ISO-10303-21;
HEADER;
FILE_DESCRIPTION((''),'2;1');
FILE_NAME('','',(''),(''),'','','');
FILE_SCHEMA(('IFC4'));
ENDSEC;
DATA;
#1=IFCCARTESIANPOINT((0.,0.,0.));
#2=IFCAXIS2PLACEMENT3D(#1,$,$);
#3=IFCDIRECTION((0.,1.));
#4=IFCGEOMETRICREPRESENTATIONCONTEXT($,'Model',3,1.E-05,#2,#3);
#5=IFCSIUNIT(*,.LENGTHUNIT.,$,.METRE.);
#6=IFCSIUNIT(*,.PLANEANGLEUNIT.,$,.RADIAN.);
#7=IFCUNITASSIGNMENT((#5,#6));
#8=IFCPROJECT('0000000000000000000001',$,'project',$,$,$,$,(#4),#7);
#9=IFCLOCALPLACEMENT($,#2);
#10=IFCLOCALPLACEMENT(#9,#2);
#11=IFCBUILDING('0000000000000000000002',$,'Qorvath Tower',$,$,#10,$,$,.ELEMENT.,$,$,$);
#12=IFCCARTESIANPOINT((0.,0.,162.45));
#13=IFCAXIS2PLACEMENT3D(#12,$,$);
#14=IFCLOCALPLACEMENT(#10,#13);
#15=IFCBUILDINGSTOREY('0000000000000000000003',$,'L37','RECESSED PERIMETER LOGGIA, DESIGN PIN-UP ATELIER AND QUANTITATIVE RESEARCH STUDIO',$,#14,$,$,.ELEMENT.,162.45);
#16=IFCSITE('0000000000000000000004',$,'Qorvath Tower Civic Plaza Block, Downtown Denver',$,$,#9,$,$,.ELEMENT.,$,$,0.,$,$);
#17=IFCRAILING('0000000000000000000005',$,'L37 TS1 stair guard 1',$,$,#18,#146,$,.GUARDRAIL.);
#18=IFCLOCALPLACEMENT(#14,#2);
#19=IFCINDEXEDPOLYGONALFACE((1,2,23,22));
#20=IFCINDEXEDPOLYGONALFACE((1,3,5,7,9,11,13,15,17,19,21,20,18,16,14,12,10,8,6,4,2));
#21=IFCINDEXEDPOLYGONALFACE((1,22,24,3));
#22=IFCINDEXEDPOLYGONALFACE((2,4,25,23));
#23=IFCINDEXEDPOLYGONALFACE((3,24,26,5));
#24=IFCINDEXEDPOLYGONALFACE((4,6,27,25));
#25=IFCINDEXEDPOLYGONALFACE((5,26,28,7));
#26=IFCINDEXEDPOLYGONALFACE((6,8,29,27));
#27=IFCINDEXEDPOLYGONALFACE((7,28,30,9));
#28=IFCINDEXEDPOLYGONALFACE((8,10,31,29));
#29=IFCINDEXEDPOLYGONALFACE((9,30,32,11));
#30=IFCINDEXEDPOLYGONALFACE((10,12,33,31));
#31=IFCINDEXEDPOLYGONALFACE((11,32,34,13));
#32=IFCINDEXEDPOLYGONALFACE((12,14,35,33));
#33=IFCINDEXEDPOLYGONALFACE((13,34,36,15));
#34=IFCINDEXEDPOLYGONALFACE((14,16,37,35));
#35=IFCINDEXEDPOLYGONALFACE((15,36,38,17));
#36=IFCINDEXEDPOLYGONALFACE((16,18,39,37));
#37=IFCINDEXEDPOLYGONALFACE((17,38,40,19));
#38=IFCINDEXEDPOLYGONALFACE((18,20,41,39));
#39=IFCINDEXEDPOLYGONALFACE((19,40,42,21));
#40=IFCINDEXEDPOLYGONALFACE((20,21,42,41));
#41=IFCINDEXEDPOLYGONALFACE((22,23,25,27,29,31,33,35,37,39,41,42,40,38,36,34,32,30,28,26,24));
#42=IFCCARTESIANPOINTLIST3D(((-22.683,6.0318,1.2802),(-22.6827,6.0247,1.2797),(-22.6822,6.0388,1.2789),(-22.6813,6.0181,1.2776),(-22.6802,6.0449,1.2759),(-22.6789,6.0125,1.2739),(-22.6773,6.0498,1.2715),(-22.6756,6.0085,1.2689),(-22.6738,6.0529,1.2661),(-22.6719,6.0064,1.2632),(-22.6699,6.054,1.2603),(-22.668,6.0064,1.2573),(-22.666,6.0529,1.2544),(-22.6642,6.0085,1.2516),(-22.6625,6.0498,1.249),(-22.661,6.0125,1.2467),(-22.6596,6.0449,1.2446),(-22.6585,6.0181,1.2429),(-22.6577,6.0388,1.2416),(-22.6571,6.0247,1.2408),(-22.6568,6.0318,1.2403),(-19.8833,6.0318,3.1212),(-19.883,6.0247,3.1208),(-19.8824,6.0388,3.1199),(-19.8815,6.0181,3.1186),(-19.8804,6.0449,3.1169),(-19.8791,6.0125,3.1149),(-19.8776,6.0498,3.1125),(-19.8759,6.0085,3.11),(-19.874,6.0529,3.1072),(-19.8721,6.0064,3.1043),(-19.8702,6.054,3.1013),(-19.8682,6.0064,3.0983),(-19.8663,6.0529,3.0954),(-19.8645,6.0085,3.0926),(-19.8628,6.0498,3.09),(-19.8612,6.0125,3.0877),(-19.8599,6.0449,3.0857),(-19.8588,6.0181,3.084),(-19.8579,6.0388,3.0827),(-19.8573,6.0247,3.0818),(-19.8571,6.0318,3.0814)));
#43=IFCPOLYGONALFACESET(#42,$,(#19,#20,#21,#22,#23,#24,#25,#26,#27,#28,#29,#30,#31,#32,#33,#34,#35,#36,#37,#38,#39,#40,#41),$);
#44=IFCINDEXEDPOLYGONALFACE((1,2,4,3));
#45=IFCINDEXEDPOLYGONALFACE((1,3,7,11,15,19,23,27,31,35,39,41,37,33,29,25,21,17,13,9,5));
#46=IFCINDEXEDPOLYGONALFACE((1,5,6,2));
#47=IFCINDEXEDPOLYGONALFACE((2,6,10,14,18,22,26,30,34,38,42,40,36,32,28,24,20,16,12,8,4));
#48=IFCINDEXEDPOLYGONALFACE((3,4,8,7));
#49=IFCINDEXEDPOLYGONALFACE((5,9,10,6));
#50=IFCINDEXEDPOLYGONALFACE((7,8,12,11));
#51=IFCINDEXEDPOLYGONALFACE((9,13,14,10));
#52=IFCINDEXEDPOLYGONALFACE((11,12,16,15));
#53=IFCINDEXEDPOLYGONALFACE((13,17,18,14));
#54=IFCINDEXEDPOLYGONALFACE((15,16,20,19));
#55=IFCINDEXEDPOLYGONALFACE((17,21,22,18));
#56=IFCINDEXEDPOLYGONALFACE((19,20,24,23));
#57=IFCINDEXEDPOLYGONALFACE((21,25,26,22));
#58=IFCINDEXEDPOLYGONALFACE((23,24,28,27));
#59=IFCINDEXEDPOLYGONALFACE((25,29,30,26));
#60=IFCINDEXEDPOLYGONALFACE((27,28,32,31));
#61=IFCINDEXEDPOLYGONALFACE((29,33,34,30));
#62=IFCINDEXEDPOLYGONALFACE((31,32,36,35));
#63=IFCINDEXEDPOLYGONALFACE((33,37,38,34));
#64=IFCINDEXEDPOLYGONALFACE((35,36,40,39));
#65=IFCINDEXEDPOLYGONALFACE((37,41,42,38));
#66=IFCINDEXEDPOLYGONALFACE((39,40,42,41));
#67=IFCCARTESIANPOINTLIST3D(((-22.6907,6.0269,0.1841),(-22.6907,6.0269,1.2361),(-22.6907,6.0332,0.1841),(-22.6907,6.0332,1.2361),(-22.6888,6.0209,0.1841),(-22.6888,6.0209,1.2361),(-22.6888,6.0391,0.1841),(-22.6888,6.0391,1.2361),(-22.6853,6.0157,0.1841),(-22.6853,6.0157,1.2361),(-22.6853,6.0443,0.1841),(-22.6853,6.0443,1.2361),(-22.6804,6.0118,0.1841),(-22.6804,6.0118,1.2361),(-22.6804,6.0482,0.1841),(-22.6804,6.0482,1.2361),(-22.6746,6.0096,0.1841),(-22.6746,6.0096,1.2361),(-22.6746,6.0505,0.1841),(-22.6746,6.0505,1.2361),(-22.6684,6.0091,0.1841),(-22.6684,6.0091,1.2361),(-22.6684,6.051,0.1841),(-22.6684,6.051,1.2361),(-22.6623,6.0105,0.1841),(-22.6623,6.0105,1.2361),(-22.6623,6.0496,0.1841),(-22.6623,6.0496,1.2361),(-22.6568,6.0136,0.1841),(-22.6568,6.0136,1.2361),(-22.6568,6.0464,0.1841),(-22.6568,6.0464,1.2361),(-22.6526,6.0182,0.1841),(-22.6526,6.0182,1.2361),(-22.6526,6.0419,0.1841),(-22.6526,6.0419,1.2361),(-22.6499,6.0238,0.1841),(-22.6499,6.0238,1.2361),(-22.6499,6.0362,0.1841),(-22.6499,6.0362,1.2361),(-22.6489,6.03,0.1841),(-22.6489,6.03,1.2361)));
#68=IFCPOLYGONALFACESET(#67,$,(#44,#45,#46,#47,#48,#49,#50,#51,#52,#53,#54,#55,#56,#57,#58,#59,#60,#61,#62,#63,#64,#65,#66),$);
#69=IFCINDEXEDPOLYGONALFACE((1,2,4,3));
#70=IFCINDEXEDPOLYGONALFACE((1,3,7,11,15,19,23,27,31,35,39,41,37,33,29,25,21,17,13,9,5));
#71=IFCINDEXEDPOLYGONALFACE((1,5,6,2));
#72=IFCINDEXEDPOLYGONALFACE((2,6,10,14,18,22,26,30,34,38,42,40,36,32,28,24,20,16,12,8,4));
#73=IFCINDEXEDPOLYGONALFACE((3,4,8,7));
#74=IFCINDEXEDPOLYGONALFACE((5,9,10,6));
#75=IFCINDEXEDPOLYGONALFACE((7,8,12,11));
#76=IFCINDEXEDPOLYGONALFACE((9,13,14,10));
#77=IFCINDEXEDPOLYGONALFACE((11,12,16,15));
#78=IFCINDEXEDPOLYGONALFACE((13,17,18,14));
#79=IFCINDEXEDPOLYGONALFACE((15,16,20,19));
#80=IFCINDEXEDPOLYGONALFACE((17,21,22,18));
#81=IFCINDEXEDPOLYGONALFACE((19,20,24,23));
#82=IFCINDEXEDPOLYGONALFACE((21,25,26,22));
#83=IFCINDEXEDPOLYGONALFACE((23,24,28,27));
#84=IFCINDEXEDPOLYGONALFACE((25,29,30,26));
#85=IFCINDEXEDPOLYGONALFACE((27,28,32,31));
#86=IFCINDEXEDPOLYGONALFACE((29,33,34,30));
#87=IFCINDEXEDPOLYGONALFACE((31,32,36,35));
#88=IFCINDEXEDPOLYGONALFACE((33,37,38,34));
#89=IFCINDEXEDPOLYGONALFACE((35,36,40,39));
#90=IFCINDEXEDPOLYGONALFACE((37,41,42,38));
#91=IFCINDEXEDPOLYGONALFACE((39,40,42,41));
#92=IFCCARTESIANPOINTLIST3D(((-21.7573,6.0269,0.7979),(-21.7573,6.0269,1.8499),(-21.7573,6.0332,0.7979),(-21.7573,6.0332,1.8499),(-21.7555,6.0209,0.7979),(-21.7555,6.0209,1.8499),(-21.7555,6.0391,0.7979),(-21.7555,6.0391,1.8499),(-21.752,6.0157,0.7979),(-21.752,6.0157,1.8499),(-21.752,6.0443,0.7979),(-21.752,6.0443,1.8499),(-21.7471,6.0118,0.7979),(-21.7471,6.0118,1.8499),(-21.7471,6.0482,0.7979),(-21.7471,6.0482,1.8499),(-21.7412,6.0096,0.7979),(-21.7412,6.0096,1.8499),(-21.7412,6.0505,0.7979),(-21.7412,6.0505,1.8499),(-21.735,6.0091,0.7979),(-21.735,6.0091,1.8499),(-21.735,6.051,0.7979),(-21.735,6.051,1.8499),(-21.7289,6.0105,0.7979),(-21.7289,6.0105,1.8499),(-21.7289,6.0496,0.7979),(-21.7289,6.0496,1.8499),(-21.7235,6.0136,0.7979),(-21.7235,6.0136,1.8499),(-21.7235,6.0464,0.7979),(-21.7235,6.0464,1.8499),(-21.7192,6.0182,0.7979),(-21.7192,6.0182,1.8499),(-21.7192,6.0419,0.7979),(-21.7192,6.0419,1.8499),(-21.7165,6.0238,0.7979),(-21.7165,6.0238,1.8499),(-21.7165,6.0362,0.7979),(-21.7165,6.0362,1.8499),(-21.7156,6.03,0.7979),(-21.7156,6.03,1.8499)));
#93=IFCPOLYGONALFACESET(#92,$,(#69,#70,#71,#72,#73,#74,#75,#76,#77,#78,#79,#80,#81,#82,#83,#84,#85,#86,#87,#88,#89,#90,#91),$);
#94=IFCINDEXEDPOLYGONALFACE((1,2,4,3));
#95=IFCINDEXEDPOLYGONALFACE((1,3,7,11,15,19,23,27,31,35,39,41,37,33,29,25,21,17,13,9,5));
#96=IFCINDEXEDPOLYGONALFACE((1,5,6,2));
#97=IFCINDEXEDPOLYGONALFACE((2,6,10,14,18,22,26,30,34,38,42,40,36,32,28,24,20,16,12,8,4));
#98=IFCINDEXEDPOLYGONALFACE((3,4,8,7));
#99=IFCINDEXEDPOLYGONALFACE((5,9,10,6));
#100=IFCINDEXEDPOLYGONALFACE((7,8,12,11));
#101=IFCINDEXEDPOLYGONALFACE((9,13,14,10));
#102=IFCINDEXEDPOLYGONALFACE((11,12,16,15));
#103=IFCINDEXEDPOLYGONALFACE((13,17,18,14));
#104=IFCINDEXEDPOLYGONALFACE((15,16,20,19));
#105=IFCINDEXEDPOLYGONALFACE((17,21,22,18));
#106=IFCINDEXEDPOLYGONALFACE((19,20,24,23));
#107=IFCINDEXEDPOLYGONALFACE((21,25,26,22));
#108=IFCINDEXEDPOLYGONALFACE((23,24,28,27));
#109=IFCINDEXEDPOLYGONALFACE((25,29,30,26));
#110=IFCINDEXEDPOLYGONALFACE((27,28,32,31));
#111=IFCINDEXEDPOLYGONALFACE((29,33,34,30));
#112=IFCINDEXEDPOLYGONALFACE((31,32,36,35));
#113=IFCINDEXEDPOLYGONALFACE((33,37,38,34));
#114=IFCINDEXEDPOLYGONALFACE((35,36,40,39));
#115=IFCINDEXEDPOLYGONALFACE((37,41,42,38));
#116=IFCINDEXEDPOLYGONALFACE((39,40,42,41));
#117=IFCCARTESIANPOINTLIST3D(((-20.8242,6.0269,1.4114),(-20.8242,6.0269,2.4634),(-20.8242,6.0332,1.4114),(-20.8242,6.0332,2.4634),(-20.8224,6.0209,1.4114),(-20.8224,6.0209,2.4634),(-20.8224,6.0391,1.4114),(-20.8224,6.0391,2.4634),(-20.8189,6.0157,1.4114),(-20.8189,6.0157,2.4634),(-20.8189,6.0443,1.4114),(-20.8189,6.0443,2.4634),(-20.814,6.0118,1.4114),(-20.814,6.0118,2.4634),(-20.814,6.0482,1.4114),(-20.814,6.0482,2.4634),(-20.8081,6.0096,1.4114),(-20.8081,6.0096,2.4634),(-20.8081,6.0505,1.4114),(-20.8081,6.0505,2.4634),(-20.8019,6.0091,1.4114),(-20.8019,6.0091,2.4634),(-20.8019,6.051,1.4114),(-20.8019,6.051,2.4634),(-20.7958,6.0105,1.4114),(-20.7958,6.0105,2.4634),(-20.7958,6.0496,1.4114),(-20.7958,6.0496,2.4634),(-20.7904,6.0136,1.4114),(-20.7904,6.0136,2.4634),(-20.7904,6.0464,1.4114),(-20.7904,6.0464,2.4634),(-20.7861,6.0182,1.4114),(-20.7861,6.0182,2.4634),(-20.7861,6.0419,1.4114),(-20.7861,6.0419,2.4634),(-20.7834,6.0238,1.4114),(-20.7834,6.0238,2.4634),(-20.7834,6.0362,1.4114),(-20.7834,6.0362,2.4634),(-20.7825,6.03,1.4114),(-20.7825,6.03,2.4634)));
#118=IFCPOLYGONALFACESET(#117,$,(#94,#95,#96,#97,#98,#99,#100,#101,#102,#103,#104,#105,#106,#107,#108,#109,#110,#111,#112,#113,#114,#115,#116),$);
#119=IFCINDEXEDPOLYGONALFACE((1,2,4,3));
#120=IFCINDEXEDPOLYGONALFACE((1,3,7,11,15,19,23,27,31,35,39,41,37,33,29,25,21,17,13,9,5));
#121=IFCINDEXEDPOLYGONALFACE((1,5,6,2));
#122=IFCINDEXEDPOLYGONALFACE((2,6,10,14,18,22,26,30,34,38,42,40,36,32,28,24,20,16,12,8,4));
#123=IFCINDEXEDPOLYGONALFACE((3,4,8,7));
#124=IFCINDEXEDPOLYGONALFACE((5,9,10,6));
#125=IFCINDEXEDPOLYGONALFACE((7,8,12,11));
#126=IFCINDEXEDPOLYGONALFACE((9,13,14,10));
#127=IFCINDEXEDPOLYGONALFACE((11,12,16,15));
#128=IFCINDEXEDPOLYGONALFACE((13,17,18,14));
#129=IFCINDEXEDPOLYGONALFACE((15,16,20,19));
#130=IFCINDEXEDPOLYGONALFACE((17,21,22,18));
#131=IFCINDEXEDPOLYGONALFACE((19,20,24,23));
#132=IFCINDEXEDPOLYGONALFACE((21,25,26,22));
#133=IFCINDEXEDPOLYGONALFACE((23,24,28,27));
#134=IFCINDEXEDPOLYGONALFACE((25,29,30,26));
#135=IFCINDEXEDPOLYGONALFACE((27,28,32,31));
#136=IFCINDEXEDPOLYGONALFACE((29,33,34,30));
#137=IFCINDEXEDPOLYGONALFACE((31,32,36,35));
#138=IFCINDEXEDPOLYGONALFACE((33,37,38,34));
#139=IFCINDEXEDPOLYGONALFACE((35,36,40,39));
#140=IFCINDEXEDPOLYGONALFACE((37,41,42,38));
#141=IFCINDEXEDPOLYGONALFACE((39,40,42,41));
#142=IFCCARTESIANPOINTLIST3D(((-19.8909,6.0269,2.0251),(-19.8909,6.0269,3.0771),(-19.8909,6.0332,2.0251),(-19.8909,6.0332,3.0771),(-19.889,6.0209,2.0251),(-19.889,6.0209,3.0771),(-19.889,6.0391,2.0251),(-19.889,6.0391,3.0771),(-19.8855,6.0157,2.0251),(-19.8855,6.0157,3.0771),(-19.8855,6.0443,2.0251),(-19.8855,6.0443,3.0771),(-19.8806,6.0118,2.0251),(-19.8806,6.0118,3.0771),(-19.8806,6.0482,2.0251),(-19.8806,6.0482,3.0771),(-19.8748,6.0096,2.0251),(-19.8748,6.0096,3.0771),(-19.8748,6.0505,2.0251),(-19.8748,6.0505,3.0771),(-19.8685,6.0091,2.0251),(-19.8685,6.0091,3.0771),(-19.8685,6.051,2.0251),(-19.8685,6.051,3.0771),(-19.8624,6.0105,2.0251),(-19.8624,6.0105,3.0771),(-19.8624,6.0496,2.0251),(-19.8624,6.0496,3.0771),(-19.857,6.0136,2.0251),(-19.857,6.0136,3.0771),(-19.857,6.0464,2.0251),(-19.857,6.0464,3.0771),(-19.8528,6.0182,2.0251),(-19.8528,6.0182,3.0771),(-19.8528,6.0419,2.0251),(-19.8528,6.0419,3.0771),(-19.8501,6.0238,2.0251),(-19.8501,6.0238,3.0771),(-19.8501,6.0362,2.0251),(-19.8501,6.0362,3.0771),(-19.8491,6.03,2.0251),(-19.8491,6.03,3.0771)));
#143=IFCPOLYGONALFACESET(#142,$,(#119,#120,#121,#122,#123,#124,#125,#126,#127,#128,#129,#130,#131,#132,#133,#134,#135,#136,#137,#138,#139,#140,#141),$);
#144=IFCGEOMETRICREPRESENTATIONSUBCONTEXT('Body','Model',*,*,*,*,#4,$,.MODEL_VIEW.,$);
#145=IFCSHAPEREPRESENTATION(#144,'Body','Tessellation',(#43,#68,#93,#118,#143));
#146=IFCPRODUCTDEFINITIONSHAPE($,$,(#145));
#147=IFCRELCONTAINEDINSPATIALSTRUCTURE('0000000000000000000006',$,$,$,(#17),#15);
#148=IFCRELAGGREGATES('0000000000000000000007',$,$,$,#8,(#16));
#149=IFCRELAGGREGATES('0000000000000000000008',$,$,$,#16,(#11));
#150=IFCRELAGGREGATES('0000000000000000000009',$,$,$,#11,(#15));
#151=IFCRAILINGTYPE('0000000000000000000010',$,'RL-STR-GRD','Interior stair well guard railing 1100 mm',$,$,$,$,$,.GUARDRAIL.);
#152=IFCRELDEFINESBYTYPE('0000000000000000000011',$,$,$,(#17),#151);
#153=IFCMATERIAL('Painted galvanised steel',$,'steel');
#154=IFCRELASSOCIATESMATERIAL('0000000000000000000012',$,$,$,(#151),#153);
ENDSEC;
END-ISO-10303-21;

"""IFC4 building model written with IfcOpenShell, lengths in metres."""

from ifc_helpers import new_model, si_unit, direction, frame, origin, origin_2d, place, context, subcontext, project, spatial, circle, extrude, material, type_object, element, save


model = new_model("IFC4")

# Units and contexts
model_context = context("Model", 3, precision=1e-05, world=origin(), true_north=direction((0.0, 1.0)))
body_context = subcontext(model_context, "Body", "Model", "MODEL_VIEW")
ifc_project = project(units=[si_unit("LENGTHUNIT", "METRE"), si_unit("PLANEANGLEUNIT", "RADIAN")], contexts=[model_context])

# Site, building, storey
site_placement = place(None, origin())
site = spatial("IfcSite", under=ifc_project, at=site_placement, Name="Qorvath Tower Civic Plaza Block, Downtown Denver", CompositionType="ELEMENT", RefElevation=0.0)
building_placement = place(site_placement, origin())
building = spatial("IfcBuilding", under=site, at=building_placement, Name="Qorvath Tower", CompositionType="ELEMENT")
storey_placement = place(building_placement, frame((0.0, 0.0, 162.45)))
storey = spatial("IfcBuildingStorey", under=building, at=storey_placement, Name="L37", Description="RECESSED PERIMETER LOGGIA, DESIGN PIN-UP ATELIER AND QUANTITATIVE RESEARCH STUDIO", CompositionType="ELEMENT", Elevation=162.45)

# Railing
ifc_material_1 = material(Name="Painted galvanised steel", Category="steel")
railing_type_1 = type_object("IfcRailingType", Name="RL-STR-GRD", Description="Interior stair well guard railing 1100 mm", PredefinedType="GUARDRAIL", material=ifc_material_1)
railing_1_placement = place(storey_placement, frame((-22.6699, 6.03, 0.1841)))
element("IfcRailing", 1, at=railing_1_placement, inside=storey, type_object=railing_type_1, Name="L37 TS1 stair guard 1", PredefinedType="GUARDRAIL", context=body_context, shape_type="SweptSolid", body=[
    extrude(circle(Radius=0.0239, at=origin_2d()), frame((0.0, 0.0, 1.0762), z_axis=(0.835542, 0.0, 0.549426), x_axis=(0.0, 1.0, 0.0)), (0.0, 0.0, 1.0), 3.3508),
    extrude(circle(Radius=0.021, at=origin_2d()), origin(), (0.0, 0.0, 1.0), 1.052),
    extrude(circle(Radius=0.021, at=origin_2d()), frame((0.9333, 0.0, 0.6138)), (0.0, 0.0, 1.0), 1.052),
    extrude(circle(Radius=0.021, at=origin_2d()), frame((1.8665, 0.0, 1.2273)), (0.0, 0.0, 1.0), 1.052),
    extrude(circle(Radius=0.021, at=origin_2d()), frame((2.7998, 0.0, 1.8411)), (0.0, 0.0, 1.0), 1.052),
])

save(model, "model.ifc")
